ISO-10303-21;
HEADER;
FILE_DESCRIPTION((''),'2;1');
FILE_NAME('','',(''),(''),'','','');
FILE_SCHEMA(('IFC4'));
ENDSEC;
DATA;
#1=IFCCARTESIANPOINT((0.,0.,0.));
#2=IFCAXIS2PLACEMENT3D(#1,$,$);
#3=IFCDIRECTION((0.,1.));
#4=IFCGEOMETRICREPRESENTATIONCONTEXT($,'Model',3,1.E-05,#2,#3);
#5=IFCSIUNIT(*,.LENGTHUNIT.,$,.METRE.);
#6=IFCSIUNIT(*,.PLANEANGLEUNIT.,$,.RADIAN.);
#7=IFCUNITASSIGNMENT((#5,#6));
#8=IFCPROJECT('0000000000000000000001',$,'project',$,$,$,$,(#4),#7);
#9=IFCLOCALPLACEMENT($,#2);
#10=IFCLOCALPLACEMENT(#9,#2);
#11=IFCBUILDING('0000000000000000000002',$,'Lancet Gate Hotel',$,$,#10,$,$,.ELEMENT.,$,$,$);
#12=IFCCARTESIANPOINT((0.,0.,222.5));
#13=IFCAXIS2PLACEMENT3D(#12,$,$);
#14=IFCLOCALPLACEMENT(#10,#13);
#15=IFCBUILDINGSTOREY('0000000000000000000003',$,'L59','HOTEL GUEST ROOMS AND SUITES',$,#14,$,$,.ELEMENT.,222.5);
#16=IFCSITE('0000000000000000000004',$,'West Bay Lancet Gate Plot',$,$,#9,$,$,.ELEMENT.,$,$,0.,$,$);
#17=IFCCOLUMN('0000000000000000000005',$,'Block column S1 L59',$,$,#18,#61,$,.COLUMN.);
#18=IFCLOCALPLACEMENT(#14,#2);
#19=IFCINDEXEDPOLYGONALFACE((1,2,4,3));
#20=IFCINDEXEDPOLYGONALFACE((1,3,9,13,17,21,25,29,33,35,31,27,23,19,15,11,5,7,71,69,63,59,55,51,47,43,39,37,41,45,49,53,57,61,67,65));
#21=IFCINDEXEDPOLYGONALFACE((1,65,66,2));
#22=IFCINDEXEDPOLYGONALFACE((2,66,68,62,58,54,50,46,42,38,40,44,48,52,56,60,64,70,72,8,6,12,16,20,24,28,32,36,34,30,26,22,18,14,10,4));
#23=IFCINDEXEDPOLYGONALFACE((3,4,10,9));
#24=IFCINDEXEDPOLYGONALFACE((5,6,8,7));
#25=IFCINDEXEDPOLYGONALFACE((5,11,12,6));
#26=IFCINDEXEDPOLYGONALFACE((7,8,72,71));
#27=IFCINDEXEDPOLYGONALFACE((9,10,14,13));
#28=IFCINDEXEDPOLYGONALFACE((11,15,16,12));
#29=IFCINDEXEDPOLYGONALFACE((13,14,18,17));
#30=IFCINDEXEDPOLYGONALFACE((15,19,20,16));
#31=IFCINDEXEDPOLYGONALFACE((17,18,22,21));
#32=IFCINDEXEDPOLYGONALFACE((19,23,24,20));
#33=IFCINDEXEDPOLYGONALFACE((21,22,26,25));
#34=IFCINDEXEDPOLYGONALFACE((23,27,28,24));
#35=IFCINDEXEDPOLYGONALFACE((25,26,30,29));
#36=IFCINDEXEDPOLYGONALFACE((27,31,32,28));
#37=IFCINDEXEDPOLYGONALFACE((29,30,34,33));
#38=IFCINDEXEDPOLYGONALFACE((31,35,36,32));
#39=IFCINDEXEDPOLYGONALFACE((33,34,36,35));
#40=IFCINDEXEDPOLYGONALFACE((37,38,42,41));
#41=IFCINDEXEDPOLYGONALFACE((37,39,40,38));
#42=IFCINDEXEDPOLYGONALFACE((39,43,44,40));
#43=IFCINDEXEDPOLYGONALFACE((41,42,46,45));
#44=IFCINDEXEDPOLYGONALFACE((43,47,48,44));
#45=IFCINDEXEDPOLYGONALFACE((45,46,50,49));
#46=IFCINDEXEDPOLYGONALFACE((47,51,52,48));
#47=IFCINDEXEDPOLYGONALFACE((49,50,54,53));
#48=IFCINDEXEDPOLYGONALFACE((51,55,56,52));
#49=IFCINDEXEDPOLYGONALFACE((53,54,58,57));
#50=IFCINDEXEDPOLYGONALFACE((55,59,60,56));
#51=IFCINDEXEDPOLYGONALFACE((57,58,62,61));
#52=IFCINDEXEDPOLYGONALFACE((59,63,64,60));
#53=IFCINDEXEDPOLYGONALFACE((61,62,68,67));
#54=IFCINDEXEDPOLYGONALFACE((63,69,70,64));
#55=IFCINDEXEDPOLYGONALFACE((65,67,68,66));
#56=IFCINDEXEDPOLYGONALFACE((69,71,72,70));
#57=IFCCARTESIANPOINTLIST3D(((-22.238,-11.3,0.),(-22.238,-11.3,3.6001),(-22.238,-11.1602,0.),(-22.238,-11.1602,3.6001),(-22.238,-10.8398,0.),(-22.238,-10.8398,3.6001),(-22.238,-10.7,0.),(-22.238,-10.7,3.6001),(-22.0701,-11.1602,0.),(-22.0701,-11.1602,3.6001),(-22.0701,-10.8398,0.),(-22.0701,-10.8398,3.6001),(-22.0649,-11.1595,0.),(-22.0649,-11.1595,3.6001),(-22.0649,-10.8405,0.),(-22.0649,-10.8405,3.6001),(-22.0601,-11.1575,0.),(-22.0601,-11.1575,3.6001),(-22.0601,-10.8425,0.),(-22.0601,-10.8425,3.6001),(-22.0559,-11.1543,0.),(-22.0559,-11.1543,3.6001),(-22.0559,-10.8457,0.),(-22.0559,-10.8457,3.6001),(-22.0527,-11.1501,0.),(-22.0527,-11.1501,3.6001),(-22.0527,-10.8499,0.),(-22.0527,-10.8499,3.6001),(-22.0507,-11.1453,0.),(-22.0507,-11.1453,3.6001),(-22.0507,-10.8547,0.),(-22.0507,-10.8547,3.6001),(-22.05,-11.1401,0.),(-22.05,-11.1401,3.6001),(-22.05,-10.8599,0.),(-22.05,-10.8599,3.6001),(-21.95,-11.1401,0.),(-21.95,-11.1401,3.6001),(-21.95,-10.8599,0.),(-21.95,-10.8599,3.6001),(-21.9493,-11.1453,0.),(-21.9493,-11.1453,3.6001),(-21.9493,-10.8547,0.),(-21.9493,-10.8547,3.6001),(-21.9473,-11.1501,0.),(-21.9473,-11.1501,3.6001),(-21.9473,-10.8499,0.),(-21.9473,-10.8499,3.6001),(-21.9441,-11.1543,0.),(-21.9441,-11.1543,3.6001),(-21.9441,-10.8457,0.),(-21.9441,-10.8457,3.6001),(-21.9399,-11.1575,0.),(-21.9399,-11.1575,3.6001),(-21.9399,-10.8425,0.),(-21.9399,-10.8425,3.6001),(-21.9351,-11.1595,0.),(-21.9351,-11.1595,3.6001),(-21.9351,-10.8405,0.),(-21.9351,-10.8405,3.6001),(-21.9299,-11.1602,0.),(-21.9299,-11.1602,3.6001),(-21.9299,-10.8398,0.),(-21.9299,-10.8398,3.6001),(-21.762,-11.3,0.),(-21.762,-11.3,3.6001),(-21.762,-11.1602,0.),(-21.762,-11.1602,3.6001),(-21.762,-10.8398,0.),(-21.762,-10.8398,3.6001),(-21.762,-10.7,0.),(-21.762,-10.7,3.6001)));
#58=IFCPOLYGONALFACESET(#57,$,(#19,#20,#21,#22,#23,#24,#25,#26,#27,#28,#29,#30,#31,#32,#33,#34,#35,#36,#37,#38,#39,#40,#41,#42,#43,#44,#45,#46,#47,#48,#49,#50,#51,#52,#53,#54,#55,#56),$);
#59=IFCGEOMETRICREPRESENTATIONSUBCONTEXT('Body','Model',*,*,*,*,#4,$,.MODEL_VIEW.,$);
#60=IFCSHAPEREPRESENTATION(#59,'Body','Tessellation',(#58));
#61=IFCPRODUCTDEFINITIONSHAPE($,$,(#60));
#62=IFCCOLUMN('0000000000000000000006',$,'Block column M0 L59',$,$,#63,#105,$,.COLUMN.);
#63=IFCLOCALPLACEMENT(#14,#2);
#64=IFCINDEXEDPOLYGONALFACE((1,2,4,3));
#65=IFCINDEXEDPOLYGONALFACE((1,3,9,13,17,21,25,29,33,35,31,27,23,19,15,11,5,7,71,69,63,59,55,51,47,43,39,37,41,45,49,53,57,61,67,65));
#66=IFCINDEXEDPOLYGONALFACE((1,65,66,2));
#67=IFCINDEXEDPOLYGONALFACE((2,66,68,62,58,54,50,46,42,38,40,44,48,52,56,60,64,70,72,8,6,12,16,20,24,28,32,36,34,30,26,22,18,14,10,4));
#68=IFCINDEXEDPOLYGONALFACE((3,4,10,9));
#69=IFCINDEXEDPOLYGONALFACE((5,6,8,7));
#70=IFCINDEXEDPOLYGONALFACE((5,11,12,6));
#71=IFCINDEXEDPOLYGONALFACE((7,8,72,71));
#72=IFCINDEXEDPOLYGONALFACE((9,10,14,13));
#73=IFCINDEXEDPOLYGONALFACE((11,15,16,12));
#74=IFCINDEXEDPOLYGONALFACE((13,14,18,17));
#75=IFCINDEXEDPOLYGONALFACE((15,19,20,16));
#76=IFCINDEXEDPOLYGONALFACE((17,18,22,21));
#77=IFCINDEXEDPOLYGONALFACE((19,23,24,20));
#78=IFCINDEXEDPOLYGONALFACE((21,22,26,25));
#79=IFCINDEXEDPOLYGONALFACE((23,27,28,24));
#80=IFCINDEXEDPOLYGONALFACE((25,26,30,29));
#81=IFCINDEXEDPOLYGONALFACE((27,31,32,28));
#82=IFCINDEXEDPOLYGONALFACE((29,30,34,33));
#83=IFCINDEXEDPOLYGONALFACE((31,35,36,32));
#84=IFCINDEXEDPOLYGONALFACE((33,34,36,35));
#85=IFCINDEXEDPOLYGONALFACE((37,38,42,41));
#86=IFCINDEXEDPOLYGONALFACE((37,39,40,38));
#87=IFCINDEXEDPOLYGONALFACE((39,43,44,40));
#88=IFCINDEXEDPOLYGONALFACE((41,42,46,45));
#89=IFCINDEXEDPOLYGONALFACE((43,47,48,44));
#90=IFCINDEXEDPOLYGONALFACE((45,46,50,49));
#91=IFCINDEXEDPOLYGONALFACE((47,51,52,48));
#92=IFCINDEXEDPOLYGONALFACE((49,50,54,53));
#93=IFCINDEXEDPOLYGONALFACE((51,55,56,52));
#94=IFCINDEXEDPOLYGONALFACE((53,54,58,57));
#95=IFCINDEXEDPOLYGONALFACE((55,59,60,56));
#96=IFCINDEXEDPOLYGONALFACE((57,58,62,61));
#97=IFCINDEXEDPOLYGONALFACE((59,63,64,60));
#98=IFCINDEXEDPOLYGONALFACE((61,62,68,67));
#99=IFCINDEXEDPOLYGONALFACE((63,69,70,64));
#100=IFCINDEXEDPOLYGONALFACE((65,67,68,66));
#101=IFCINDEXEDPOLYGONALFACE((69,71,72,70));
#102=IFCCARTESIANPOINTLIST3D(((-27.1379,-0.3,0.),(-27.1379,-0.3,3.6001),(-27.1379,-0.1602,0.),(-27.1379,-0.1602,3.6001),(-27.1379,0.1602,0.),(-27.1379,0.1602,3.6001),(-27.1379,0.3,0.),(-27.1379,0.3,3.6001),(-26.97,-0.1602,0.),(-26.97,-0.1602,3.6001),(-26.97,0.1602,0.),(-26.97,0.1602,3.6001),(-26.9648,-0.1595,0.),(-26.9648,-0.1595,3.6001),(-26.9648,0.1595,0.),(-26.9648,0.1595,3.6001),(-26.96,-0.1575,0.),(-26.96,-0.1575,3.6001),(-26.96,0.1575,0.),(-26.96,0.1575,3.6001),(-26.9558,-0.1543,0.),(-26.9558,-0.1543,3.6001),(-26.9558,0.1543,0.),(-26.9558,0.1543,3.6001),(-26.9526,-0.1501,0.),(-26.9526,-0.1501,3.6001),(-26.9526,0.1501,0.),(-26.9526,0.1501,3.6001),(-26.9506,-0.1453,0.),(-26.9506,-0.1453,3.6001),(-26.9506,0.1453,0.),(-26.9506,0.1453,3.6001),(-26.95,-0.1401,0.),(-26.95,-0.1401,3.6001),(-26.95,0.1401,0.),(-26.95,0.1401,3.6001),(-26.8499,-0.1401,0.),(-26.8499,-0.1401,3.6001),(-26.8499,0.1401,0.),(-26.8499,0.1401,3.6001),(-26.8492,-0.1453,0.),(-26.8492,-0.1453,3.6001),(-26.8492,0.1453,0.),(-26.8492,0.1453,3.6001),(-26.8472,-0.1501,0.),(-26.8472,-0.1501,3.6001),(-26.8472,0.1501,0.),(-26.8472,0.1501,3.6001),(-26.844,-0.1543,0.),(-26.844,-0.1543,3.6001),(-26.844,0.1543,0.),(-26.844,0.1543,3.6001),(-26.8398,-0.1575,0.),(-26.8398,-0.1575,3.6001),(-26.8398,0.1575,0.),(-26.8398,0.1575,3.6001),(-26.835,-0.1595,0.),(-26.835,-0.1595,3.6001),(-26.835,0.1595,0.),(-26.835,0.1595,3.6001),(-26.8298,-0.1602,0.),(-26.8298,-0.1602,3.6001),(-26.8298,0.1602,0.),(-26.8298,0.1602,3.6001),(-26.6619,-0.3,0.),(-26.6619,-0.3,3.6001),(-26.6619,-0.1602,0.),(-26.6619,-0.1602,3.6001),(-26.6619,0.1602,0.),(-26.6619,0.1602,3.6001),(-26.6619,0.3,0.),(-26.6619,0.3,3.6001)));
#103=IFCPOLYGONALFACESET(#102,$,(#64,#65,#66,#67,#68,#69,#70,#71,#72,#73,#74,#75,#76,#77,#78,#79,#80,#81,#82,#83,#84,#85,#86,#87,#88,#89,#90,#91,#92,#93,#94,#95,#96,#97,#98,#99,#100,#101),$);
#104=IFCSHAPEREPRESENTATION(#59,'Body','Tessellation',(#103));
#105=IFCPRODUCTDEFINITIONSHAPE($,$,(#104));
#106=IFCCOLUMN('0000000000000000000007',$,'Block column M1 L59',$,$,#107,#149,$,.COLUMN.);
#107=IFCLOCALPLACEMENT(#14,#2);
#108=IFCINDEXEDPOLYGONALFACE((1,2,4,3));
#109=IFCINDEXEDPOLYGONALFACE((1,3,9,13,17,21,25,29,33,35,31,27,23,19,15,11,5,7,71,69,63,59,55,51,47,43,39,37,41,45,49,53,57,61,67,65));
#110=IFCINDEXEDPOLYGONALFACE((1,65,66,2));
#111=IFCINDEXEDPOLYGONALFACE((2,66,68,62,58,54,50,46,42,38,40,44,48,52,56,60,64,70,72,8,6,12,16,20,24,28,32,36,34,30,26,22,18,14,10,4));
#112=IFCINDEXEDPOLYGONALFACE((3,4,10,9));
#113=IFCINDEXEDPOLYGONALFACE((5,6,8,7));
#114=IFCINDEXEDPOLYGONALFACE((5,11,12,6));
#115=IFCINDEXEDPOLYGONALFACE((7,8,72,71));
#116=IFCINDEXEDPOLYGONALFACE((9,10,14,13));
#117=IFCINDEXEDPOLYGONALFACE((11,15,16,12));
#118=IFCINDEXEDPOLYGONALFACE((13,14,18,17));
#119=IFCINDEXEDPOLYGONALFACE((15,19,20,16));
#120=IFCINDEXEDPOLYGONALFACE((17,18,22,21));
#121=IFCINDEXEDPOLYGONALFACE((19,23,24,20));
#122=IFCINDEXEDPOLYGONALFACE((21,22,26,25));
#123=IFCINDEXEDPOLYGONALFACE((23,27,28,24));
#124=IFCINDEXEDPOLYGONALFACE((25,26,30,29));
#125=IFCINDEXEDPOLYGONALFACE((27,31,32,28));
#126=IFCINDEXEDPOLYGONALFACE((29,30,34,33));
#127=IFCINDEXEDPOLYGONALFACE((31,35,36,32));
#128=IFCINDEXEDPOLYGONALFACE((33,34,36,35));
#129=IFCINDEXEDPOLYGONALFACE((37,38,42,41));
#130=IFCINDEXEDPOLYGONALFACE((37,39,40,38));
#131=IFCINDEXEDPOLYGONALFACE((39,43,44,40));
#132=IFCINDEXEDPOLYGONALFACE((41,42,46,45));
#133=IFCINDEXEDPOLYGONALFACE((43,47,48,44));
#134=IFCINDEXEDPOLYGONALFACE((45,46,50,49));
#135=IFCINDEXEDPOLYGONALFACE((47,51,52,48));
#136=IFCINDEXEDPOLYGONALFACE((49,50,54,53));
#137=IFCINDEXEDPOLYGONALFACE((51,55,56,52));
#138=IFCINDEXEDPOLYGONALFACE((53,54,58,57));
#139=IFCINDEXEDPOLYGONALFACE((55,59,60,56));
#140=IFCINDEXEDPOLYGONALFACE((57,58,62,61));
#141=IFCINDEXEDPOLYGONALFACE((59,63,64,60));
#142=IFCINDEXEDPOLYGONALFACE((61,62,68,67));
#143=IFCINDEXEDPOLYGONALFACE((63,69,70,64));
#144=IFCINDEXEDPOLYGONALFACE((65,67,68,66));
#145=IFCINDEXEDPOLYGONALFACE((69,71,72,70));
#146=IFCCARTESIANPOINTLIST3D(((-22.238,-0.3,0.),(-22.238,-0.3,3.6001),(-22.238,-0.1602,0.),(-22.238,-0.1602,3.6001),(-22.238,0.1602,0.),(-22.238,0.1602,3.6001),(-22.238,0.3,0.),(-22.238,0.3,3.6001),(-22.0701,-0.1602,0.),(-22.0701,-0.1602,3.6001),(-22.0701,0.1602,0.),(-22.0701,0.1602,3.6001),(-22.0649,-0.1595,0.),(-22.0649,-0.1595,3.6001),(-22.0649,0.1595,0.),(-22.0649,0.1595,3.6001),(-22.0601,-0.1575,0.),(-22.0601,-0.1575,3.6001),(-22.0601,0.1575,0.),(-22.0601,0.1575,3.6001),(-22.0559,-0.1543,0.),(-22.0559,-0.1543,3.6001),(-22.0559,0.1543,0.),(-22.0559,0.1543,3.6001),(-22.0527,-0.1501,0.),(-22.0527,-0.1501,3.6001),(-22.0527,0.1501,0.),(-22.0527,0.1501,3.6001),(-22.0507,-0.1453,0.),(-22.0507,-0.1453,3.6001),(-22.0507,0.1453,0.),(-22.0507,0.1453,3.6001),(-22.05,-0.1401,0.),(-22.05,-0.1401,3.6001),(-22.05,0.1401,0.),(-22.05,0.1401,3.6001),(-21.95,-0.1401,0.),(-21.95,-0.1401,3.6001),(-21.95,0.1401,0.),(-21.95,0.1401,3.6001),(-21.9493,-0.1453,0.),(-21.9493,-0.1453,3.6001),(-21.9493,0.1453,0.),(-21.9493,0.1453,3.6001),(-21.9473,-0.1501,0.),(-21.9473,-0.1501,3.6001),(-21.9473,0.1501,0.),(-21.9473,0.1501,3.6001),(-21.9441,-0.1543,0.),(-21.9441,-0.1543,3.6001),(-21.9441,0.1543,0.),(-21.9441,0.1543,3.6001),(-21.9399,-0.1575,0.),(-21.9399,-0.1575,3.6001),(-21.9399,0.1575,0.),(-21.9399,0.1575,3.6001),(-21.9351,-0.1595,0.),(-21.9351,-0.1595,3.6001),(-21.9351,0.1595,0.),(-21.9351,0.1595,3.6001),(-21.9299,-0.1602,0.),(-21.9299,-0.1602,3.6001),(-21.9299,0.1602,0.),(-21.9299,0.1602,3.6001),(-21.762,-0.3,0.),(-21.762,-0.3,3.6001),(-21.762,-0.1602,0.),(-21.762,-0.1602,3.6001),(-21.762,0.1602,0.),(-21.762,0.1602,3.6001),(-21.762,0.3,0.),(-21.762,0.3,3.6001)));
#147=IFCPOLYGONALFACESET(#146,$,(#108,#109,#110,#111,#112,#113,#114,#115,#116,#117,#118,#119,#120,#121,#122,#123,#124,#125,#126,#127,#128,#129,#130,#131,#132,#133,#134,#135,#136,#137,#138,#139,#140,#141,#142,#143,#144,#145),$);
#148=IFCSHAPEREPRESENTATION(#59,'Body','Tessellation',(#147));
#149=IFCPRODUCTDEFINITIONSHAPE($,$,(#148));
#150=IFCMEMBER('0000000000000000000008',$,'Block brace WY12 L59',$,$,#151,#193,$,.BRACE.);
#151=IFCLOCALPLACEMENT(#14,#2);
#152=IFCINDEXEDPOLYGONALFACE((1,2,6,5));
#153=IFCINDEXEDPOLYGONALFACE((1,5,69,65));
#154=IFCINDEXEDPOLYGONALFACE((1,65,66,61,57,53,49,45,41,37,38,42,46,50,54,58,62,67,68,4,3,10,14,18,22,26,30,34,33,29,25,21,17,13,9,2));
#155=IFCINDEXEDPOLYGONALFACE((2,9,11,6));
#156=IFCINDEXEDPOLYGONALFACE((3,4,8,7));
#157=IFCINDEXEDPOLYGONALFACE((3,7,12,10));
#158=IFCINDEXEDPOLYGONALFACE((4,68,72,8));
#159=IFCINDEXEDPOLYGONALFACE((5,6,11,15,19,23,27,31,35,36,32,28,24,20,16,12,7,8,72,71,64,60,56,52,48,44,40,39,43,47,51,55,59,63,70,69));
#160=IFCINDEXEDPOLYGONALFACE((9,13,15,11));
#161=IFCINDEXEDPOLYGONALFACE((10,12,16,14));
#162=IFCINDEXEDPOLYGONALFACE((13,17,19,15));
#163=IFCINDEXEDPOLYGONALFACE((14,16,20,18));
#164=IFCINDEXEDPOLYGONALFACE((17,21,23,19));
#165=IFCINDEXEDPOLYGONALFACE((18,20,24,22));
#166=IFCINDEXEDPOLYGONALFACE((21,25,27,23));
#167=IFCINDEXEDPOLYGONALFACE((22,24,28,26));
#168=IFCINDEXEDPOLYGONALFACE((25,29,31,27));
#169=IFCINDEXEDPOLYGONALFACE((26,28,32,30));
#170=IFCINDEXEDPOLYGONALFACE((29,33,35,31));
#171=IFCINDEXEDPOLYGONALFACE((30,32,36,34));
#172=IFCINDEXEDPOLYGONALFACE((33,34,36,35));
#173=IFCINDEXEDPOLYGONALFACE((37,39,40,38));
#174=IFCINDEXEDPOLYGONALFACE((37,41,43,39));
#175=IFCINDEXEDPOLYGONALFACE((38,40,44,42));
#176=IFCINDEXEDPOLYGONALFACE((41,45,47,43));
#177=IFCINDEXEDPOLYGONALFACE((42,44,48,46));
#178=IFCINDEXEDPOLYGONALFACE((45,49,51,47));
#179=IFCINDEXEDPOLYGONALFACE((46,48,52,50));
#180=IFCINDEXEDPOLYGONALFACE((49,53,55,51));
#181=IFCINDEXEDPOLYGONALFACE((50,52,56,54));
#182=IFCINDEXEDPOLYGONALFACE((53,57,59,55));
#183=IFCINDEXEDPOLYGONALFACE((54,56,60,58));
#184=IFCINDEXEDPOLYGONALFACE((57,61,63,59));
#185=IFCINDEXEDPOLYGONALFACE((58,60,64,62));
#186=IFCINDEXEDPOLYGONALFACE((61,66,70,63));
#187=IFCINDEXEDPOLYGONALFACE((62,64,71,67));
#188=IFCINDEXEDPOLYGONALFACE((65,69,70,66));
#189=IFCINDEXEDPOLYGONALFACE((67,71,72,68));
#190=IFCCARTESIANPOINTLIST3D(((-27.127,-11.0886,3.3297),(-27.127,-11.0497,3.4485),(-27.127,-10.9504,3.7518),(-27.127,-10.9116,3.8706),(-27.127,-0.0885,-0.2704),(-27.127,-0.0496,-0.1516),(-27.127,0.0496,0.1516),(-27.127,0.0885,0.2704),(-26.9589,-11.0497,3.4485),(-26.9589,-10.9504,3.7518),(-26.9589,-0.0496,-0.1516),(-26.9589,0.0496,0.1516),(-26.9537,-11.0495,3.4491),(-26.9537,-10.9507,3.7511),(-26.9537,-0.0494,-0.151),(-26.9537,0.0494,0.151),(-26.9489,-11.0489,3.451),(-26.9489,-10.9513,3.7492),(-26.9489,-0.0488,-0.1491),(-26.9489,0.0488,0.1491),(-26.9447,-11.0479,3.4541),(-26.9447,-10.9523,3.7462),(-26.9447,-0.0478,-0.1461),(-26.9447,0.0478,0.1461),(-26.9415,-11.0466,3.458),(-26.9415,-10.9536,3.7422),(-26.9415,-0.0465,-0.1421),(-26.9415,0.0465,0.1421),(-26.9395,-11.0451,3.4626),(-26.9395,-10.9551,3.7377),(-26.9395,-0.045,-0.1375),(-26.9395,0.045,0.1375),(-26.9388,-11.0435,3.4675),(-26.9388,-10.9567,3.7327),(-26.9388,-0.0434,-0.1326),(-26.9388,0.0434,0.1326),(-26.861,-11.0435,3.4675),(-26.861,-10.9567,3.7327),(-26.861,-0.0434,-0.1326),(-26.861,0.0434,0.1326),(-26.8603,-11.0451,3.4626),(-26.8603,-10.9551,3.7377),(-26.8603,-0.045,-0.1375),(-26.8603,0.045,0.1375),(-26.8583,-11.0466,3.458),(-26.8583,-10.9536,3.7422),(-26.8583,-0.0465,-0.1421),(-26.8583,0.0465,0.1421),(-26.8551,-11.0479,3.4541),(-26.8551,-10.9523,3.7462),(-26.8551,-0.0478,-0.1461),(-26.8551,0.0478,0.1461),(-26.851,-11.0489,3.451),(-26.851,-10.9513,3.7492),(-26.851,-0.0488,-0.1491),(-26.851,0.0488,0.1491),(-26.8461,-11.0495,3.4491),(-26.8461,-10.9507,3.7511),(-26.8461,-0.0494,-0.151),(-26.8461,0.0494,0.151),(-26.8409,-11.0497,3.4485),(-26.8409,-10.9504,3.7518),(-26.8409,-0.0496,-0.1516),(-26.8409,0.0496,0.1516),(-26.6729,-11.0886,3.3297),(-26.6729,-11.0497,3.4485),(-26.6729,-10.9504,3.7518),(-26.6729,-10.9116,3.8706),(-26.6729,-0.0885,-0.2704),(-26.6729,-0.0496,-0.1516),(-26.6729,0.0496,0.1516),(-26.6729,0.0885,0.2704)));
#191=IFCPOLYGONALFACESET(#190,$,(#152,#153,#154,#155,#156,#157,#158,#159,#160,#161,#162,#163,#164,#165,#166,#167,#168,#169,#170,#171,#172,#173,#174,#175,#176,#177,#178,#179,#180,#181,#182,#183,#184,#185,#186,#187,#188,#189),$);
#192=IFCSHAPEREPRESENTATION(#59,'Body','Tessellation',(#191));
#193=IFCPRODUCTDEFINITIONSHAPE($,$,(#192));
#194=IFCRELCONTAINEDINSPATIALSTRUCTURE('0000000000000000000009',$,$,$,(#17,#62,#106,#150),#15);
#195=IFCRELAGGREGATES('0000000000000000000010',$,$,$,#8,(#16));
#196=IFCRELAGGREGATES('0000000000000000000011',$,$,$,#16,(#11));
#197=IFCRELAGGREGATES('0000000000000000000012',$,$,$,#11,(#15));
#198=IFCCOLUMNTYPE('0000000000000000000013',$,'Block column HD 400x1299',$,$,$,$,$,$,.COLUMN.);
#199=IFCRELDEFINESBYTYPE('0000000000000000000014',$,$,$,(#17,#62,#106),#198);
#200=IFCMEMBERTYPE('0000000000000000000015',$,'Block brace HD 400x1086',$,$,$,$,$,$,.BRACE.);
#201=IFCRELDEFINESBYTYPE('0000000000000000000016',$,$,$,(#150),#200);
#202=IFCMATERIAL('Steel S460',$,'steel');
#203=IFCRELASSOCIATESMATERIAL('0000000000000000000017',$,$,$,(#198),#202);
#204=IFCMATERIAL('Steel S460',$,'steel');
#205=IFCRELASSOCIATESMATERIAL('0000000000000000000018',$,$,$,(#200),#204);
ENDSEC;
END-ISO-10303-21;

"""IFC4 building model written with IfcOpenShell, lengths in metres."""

from ifc_helpers import new_model, si_unit, direction, frame, origin, origin_2d, place, context, subcontext, project, spatial, i_section, extrude, material, material_profile, profile_set, type_object, element, save


model = new_model("IFC4")

# Units and contexts
model_context = context("Model", 3, precision=1e-05, world=origin(), true_north=direction((0.0, 1.0)))
body_context = subcontext(model_context, "Body", "Model", "MODEL_VIEW")
ifc_project = project(units=[si_unit("LENGTHUNIT", "METRE"), si_unit("PLANEANGLEUNIT", "RADIAN")], contexts=[model_context])

# Site, building, storey
site_placement = place(None, origin())
site = spatial("IfcSite", under=ifc_project, at=site_placement, Name="West Bay Lancet Gate Plot", CompositionType="ELEMENT", RefElevation=0.0)
building_placement = place(site_placement, origin())
building = spatial("IfcBuilding", under=site, at=building_placement, Name="Lancet Gate Hotel", CompositionType="ELEMENT")
storey_placement = place(building_placement, frame((0.0, 0.0, 222.5)))
storey = spatial("IfcBuildingStorey", under=building, at=storey_placement, Name="L59", Description="HOTEL GUEST ROOMS AND SUITES", CompositionType="ELEMENT", Elevation=222.5)

# Columns
ifc_material_1 = material(Name="Steel S460", Category="steel")
ifc_material_profile_1 = material_profile(ifc_material_1, i_section(OverallWidth=0.4761, OverallDepth=0.6001, WebThickness=0.1001, FlangeThickness=0.1399, FilletRadius=0.02, at=origin_2d()), Name="HD 400x1299")
ifc_profile_set_1 = profile_set([ifc_material_profile_1], Name="Steel S460")
column_type = type_object("IfcColumnType", Name="Block column HD 400x1299", PredefinedType="COLUMN", material=ifc_profile_set_1)
for number, where, z_axis, x_axis, name in (
    (1, (-22.0, -11.0, 0.0), (0.0, 0.0, 1.0), (1.0, 0.0, 0.0), "Block column S1 L59"),
    (2, (-26.8999, 0.0, 0.0), (0.0, 0.0, 1.0), (1.0, 0.0, 0.0), "Block column M0 L59"),
    (3, (-22.0, 0.0, 0.0), (0.0, 0.0, 1.0), (1.0, 0.0, 0.0), "Block column M1 L59"),
):
    element("IfcColumn", number, at=place(storey_placement, frame(where, z_axis=z_axis, x_axis=x_axis)), inside=storey, type_object=column_type, Name=name, PredefinedType="COLUMN", context=body_context, shape_type="SweptSolid", body=[
        extrude(i_section(OverallWidth=0.4761, OverallDepth=0.6001, WebThickness=0.1001, FlangeThickness=0.1399, FilletRadius=0.02, at=origin_2d()), origin(), (0.0, 0.0, 1.0), 3.6001),
    ])

# Member
ifc_material_2 = material(Name="Steel S460", Category="steel")
ifc_material_profile_2 = material_profile(ifc_material_2, i_section(OverallWidth=0.4541, OverallDepth=0.5691, WebThickness=0.0779, FlangeThickness=0.125, FilletRadius=0.02, at=origin_2d()), Name="HD 400x1086")
ifc_profile_set_2 = profile_set([ifc_material_profile_2], Name="Steel S460")
member_type = type_object("IfcMemberType", Name="Block brace HD 400x1086", PredefinedType="BRACE", material=ifc_profile_set_2)
member_1_placement = place(storey_placement, frame((-26.8999, 0.0, 0.0), z_axis=(0.0, -0.950395, 0.311047), x_axis=(1.0, 0.0, 0.0)))
element("IfcMember", 4, at=member_1_placement, inside=storey, type_object=member_type, Name="Block brace WY12 L59", PredefinedType="BRACE", context=body_context, shape_type="SweptSolid", body=[
    extrude(i_section(OverallWidth=0.4541, OverallDepth=0.5691, WebThickness=0.0779, FlangeThickness=0.125, FilletRadius=0.02, at=origin_2d()), origin(), (0.0, 0.0, 1.0), 11.5742),
])

save(model, "model.ifc")
